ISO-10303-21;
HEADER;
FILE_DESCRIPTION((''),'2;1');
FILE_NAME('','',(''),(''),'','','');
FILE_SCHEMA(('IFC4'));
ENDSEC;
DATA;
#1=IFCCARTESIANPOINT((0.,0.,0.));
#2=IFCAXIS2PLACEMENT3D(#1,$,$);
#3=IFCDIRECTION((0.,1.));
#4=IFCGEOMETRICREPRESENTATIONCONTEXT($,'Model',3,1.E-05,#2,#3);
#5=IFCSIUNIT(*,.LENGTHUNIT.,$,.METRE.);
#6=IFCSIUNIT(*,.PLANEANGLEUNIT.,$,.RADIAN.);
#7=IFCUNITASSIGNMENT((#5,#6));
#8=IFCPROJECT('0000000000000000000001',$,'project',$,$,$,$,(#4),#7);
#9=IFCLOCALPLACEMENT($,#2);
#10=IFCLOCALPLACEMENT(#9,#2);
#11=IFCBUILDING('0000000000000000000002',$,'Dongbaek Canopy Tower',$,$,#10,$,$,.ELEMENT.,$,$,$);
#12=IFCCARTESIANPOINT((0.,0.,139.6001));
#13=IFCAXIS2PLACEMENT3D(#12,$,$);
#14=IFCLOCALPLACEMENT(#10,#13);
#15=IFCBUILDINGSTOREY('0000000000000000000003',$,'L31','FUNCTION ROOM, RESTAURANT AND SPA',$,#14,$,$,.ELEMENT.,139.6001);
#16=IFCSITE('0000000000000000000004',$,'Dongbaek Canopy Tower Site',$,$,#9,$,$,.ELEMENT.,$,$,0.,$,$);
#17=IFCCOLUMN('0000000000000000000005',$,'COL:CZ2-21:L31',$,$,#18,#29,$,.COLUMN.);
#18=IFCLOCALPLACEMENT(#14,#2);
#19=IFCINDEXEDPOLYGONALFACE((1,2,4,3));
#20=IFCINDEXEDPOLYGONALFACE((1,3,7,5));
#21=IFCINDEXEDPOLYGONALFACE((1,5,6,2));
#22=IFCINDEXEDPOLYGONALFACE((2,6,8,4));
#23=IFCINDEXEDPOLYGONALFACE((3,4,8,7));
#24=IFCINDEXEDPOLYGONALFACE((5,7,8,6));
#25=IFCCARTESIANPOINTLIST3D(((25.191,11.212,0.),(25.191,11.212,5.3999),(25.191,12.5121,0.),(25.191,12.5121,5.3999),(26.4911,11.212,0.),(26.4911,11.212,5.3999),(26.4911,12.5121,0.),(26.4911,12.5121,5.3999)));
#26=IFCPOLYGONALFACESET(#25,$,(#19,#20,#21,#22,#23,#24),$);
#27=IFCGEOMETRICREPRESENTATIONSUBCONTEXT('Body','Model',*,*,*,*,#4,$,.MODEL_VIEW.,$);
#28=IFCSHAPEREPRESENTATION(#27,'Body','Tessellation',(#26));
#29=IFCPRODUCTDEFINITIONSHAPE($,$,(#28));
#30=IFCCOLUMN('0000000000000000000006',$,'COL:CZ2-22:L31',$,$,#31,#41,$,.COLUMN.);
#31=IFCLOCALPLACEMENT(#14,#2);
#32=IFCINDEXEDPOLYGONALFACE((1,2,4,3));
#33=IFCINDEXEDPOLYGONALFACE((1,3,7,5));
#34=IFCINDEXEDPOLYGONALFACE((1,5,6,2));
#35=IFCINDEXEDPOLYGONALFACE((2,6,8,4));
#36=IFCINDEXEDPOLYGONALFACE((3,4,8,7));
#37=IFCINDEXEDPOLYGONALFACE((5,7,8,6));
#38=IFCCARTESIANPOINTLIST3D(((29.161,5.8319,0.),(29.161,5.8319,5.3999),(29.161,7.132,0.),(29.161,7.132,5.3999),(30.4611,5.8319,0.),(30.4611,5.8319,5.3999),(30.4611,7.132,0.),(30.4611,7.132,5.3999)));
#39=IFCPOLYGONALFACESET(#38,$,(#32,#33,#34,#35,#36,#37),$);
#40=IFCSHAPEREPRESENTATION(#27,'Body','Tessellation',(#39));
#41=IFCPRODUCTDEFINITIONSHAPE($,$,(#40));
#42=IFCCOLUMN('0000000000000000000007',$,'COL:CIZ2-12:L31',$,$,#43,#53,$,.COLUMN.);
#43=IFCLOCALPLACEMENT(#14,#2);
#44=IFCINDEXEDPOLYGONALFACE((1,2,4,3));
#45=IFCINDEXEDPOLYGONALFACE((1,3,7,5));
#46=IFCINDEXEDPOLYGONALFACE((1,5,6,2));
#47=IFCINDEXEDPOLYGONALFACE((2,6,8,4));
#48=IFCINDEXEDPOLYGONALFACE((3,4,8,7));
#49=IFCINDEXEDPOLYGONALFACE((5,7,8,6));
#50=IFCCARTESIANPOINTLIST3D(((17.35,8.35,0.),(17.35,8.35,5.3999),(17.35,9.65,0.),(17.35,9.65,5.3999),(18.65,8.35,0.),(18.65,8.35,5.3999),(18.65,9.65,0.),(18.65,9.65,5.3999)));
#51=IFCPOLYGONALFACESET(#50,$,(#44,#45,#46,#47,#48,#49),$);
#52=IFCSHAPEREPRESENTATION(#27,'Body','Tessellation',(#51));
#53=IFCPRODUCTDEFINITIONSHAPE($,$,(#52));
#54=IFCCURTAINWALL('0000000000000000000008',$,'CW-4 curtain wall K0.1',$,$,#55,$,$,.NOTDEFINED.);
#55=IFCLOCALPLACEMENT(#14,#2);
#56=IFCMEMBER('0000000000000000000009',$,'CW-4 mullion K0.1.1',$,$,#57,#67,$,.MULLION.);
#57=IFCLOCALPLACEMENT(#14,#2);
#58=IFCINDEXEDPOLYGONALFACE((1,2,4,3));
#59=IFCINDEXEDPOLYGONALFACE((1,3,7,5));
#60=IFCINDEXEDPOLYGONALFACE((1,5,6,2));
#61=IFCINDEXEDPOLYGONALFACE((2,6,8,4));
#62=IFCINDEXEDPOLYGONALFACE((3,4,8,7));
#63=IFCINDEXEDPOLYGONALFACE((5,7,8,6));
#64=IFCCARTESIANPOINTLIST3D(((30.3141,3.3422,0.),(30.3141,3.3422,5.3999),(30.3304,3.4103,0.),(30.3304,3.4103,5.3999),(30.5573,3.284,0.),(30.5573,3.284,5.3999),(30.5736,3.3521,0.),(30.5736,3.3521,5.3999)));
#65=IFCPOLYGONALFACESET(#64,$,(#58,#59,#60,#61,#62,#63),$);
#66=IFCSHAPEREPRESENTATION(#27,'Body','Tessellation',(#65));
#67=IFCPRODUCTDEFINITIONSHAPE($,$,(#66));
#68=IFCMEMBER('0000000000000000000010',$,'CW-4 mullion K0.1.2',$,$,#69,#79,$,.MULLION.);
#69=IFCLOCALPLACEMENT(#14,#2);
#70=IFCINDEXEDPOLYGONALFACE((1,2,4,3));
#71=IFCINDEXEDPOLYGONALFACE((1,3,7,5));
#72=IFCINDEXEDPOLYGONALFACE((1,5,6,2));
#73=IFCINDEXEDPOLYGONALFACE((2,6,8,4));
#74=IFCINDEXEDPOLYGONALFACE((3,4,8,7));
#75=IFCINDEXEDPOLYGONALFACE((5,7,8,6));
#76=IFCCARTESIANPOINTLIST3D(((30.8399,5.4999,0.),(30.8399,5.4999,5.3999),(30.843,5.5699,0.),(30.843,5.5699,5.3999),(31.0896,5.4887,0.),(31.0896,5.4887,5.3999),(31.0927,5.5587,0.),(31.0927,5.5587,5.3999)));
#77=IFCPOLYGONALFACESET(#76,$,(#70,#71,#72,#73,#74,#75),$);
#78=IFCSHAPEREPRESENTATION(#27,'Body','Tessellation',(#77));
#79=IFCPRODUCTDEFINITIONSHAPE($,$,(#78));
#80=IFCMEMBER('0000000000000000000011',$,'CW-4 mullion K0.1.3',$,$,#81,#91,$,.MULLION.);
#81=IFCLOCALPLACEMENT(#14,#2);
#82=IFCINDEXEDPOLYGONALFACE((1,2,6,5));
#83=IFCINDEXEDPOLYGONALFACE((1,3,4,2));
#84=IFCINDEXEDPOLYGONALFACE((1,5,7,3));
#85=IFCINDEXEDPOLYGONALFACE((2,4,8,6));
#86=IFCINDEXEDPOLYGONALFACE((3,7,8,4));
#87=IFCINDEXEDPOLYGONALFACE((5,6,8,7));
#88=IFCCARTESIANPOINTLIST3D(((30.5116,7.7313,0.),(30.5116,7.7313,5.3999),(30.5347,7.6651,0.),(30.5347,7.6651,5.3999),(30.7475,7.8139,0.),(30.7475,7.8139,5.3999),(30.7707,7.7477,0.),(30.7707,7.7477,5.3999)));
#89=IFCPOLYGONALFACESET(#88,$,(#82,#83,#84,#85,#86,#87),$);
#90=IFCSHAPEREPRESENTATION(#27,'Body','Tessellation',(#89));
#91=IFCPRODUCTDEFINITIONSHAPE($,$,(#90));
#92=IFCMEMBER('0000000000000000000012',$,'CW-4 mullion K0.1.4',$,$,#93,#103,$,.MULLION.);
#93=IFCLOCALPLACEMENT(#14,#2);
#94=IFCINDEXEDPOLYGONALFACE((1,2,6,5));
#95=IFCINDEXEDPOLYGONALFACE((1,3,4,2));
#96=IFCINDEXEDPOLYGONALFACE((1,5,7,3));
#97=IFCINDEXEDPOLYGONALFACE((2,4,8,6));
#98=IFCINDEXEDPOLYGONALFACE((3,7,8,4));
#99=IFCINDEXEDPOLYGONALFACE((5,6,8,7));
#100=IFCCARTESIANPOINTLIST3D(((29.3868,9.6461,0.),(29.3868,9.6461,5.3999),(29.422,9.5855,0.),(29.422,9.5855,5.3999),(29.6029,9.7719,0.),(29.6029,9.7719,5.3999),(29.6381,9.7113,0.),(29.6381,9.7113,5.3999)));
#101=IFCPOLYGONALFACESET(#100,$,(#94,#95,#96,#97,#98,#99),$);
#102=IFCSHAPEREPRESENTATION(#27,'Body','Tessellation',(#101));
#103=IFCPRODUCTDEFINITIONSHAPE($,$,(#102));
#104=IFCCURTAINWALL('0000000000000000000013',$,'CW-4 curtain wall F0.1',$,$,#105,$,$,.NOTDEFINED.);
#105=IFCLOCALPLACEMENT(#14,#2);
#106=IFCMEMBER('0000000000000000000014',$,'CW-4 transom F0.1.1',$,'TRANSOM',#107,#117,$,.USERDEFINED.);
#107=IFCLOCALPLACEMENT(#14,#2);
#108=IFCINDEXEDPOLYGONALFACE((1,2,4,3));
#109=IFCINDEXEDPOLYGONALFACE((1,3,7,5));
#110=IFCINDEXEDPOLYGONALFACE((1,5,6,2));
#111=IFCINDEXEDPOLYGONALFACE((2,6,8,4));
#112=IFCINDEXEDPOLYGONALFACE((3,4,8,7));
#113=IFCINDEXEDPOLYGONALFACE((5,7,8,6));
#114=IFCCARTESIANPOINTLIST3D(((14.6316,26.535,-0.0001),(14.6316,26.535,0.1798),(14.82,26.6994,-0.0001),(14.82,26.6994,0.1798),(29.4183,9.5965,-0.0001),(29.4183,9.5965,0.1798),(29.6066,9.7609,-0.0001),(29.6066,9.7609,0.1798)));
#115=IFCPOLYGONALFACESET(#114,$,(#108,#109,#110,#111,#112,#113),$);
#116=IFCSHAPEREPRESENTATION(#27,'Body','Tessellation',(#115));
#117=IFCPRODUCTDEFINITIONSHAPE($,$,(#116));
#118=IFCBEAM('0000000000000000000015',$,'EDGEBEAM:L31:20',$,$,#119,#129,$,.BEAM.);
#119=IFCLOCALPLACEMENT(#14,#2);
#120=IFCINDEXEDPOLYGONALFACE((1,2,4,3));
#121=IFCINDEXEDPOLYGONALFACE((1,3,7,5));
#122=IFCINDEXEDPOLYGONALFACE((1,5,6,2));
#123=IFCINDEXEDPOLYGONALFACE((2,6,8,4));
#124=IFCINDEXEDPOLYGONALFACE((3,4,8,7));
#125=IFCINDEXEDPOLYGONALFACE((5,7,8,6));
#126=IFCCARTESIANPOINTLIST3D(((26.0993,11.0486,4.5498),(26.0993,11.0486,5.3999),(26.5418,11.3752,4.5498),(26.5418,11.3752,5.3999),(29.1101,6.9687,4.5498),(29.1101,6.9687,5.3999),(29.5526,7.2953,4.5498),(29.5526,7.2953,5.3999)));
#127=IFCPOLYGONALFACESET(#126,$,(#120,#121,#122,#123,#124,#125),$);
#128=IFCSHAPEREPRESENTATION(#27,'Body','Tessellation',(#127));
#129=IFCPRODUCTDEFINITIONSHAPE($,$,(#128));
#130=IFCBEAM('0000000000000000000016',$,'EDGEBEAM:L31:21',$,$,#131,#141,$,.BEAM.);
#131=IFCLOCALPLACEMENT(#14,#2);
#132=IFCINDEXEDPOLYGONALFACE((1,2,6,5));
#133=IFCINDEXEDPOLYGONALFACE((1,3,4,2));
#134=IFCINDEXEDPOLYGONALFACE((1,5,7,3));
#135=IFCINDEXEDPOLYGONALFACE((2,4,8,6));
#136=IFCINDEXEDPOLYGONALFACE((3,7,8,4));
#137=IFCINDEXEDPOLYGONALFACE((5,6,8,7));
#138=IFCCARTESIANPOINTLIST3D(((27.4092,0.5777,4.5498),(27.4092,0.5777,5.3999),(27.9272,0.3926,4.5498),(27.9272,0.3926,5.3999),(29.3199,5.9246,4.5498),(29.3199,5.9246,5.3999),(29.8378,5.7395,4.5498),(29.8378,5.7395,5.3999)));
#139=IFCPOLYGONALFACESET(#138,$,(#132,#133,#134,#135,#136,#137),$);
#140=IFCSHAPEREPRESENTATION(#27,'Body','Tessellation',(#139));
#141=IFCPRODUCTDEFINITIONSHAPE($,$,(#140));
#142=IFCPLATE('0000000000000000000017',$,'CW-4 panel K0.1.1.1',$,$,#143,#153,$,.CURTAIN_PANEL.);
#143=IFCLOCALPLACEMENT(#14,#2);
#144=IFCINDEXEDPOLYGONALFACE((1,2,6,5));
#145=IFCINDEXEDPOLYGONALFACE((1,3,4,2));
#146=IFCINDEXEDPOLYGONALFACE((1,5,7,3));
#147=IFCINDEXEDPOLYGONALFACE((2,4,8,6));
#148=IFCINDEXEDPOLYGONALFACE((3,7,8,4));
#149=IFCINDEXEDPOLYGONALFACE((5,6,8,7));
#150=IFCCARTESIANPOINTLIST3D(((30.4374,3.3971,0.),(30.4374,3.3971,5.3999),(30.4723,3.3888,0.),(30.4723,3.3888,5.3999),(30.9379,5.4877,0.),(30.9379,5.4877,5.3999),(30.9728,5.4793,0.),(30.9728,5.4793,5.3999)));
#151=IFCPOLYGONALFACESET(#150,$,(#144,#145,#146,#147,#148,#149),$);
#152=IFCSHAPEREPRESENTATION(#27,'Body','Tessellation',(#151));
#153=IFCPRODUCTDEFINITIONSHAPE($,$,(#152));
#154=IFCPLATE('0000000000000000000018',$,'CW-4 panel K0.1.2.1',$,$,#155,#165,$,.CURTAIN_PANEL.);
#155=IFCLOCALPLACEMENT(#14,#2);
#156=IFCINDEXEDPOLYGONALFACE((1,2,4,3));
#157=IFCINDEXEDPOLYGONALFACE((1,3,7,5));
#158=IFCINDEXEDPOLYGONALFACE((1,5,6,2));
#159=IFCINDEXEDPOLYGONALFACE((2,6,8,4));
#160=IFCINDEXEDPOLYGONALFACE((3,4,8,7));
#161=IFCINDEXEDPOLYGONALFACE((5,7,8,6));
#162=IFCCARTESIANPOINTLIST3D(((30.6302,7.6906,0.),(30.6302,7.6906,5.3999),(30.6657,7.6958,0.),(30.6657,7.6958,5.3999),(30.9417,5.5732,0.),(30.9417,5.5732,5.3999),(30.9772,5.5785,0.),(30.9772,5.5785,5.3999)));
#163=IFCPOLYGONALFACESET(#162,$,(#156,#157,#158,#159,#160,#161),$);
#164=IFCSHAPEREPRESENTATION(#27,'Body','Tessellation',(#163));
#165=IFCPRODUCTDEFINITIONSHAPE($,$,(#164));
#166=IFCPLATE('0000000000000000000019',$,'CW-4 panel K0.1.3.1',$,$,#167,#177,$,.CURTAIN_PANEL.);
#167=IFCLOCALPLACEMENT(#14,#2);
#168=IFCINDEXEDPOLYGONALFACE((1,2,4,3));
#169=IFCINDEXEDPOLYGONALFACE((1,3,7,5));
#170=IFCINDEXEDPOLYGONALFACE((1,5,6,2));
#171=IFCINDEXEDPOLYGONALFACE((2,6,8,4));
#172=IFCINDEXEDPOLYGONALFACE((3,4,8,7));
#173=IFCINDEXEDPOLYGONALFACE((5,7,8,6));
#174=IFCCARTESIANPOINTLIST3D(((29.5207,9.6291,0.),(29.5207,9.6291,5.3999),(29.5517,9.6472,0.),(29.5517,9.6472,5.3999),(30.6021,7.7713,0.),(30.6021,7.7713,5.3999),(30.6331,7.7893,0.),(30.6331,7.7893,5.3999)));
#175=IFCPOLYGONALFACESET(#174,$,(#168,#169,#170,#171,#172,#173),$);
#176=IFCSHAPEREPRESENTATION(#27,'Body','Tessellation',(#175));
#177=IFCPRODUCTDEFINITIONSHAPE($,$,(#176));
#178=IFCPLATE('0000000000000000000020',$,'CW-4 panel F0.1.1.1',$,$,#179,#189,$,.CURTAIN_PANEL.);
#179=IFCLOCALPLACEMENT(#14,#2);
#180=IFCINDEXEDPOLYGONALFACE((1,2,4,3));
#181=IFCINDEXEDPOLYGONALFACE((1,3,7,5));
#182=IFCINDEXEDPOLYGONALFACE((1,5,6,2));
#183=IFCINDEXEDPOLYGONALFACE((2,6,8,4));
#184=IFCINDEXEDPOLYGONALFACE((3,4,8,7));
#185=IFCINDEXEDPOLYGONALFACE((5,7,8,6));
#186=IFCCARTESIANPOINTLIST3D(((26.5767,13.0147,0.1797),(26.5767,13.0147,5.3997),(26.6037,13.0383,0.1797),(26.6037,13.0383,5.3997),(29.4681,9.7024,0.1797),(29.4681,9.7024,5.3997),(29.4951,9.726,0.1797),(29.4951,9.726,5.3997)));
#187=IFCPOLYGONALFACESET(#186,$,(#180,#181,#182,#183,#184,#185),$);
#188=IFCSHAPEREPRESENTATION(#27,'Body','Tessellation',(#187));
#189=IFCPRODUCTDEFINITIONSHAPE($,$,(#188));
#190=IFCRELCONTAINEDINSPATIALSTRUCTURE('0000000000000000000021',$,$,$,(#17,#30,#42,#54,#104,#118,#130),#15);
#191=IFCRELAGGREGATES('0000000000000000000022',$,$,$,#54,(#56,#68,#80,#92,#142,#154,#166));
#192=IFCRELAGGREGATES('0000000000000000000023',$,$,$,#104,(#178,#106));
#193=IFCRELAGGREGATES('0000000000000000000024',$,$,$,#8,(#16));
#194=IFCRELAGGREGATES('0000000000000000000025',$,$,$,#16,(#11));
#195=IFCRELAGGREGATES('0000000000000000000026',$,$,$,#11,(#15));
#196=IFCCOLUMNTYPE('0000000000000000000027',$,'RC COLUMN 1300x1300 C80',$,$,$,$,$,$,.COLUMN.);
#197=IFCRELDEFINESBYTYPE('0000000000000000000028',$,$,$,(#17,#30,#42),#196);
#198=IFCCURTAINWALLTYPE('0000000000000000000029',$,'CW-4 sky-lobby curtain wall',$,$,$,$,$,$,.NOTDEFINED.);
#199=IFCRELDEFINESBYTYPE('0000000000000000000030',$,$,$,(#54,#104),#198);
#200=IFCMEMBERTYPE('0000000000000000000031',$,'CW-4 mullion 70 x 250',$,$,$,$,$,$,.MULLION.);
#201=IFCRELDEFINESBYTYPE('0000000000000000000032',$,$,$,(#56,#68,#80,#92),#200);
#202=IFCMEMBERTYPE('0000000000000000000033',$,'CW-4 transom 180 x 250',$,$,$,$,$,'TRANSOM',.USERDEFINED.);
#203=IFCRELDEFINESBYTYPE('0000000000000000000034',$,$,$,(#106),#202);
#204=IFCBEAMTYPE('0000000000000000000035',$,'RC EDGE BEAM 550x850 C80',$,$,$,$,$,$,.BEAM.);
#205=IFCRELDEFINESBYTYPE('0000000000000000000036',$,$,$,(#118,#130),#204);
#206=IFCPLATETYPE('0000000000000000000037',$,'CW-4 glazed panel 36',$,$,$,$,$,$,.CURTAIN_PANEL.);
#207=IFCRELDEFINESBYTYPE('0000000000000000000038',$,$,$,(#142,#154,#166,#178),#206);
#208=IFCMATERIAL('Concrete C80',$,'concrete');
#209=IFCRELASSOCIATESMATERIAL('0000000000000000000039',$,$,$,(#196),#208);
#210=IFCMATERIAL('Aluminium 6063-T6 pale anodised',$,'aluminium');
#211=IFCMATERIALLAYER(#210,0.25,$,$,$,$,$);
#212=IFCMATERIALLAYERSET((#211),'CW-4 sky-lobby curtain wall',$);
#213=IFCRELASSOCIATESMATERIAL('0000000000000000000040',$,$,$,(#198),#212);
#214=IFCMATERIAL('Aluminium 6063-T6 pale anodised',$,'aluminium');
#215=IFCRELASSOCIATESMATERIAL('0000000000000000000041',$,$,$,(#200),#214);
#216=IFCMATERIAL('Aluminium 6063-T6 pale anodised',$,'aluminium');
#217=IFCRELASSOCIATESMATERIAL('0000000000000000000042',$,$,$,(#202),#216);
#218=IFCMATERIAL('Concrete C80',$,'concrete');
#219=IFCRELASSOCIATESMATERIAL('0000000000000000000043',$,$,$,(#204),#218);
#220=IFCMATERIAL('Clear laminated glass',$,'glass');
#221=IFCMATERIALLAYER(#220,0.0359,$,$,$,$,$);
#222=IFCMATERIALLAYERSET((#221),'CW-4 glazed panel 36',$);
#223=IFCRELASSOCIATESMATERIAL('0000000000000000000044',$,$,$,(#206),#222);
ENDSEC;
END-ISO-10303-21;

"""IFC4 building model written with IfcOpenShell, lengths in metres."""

from ifc_helpers import new_model, si_unit, direction, frame, origin, origin_2d, place, context, subcontext, project, spatial, rectangle, extrude, material, layer, layer_set, material_profile, profile_set, type_object, element, aggregate, save


model = new_model("IFC4")

# Units and contexts
model_context = context("Model", 3, precision=1e-05, world=origin(), true_north=direction((0.0, 1.0)))
body_context = subcontext(model_context, "Body", "Model", "MODEL_VIEW")
ifc_project = project(units=[si_unit("LENGTHUNIT", "METRE"), si_unit("PLANEANGLEUNIT", "RADIAN")], contexts=[model_context])

# Site, building, storey
site_placement = place(None, origin())
site = spatial("IfcSite", under=ifc_project, at=site_placement, Name="Dongbaek Canopy Tower Site", CompositionType="ELEMENT", RefElevation=0.0)
building_placement = place(site_placement, origin())
building = spatial("IfcBuilding", under=site, at=building_placement, Name="Dongbaek Canopy Tower", CompositionType="ELEMENT")
storey_placement = place(building_placement, frame((0.0, 0.0, 139.6001)))
storey = spatial("IfcBuildingStorey", under=building, at=storey_placement, Name="L31", Description="FUNCTION ROOM, RESTAURANT AND SPA", CompositionType="ELEMENT", Elevation=139.6001)

# Columns
ifc_material_1 = material(Name="Concrete C80", Category="concrete")
ifc_material_profile_1 = material_profile(ifc_material_1, rectangle(XDim=1.3, YDim=1.3, at=origin_2d()), Name="RC COLUMN 1300x1300 C80")
ifc_profile_set_1 = profile_set([ifc_material_profile_1], Name="Concrete C80")
column_type = type_object("IfcColumnType", Name="RC COLUMN 1300x1300 C80", PredefinedType="COLUMN", material=ifc_profile_set_1)
for number, where, z_axis, x_axis, name in (
    (1, (25.8411, 11.8621, 0.0), (0.0, 0.0, 1.0), (1.0, 0.0, 0.0), "COL:CZ2-21:L31"),
    (2, (29.811, 6.4819, 0.0), (0.0, 0.0, 1.0), (1.0, 0.0, 0.0), "COL:CZ2-22:L31"),
    (3, (18.0, 9.0, 0.0), (0.0, 0.0, 1.0), (1.0, 0.0, 0.0), "COL:CIZ2-12:L31"),
):
    element("IfcColumn", number, at=place(storey_placement, frame(where, z_axis=z_axis, x_axis=x_axis)), inside=storey, type_object=column_type, Name=name, PredefinedType="COLUMN", context=body_context, shape_type="SweptSolid", body=[
        extrude(rectangle(XDim=1.3, YDim=1.3, at=origin_2d()), origin(), (0.0, 0.0, 1.0), 5.3999),
    ])

# Curtain wall, members
ifc_material_2 = material(Name="Aluminium 6063-T6 pale anodised", Category="aluminium")
ifc_layer_1 = layer(ifc_material_2, 0.25)
ifc_layer_set_1 = layer_set([ifc_layer_1], Name="CW-4 sky-lobby curtain wall")
curtain_wall_type = type_object("IfcCurtainWallType", Name="CW-4 sky-lobby curtain wall", PredefinedType="NOTDEFINED", material=ifc_layer_set_1)
curtain_wall_1_placement = place(storey_placement, origin())
curtain_wall_1 = element("IfcCurtainWall", 4, at=curtain_wall_1_placement, inside=storey, type_object=curtain_wall_type, Name="CW-4 curtain wall K0.1", PredefinedType="NOTDEFINED")
ifc_material_3 = material(Name="Aluminium 6063-T6 pale anodised", Category="aluminium")
ifc_material_profile_2 = material_profile(ifc_material_3, rectangle(XDim=0.25, YDim=0.0701, at=origin_2d()), Name="CW-4 mullion 70 x 250")
ifc_profile_set_2 = profile_set([ifc_material_profile_2], Name="Aluminium 6063-T6 pale anodised")
member_type_1 = type_object("IfcMemberType", Name="CW-4 mullion 70 x 250", PredefinedType="MULLION", material=ifc_profile_set_2)
member_1_placement = place(storey_placement, frame((30.4438, 3.3472, 0.0), z_axis=(0.0, 0.0, 1.0), x_axis=(0.972515, -0.23284, 0.0)))
member_1 = element("IfcMember", 5, at=member_1_placement, type_object=member_type_1, Name="CW-4 mullion K0.1.1", PredefinedType="MULLION", context=body_context, shape_type="SweptSolid", body=[
    extrude(rectangle(XDim=0.25, YDim=0.0701, at=origin_2d()), origin(), (0.0, 0.0, 1.0), 5.3999),
])
member_2_placement = place(storey_placement, frame((30.9663, 5.5293, 0.0), z_axis=(0.0, 0.0, 1.0), x_axis=(0.999012, -0.044449, 0.0)))
member_2 = element("IfcMember", 6, at=member_2_placement, type_object=member_type_1, Name="CW-4 mullion K0.1.2", PredefinedType="MULLION", context=body_context, shape_type="SweptSolid", body=[
    extrude(rectangle(XDim=0.25, YDim=0.0701, at=origin_2d()), origin(), (0.0, 0.0, 1.0), 5.3999),
])
member_3_placement = place(storey_placement, frame((30.6411, 7.7395, 0.0), z_axis=(0.0, 0.0, 1.0), x_axis=(0.943882, 0.330283, 0.0)))
member_3 = element("IfcMember", 7, at=member_3_placement, type_object=member_type_1, Name="CW-4 mullion K0.1.3", PredefinedType="MULLION", context=body_context, shape_type="SweptSolid", body=[
    extrude(rectangle(XDim=0.25, YDim=0.0701, at=origin_2d()), origin(), (0.0, 0.0, 1.0), 5.3999),
])
member_4_placement = place(storey_placement, frame((29.5125, 9.6787, 0.0), z_axis=(0.0, 0.0, 1.0), x_axis=(0.864251, 0.503062, 0.0)))
member_4 = element("IfcMember", 8, at=member_4_placement, type_object=member_type_1, Name="CW-4 mullion K0.1.4", PredefinedType="MULLION", context=body_context, shape_type="SweptSolid", body=[
    extrude(rectangle(XDim=0.25, YDim=0.0701, at=origin_2d()), origin(), (0.0, 0.0, 1.0), 5.3999),
])

# Curtain wall, member
curtain_wall_2_placement = place(storey_placement, origin())
curtain_wall_2 = element("IfcCurtainWall", 9, at=curtain_wall_2_placement, inside=storey, type_object=curtain_wall_type, Name="CW-4 curtain wall F0.1", PredefinedType="NOTDEFINED")
ifc_material_4 = material(Name="Aluminium 6063-T6 pale anodised", Category="aluminium")
ifc_material_profile_3 = material_profile(ifc_material_4, rectangle(XDim=0.25, YDim=0.1799, at=origin_2d()), Name="CW-4 transom 180 x 250")
ifc_profile_set_3 = profile_set([ifc_material_profile_3], Name="Aluminium 6063-T6 pale anodised")
member_type_2 = type_object("IfcMemberType", Name="CW-4 transom 180 x 250", ElementType="TRANSOM", PredefinedType="USERDEFINED", material=ifc_profile_set_3)
member_5_placement = place(storey_placement, frame((29.5125, 9.6787, 0.0898), z_axis=(-0.657634, 0.753338, 0.0), x_axis=(-0.753338, -0.657634, 0.0)))
member_5 = element("IfcMember", 10, at=member_5_placement, type_object=member_type_2, Name="CW-4 transom F0.1.1", ObjectType="TRANSOM", PredefinedType="USERDEFINED", context=body_context, shape_type="SweptSolid", body=[
    extrude(rectangle(XDim=0.25, YDim=0.1799, at=origin_2d()), origin(), (0.0, 0.0, 1.0), 22.4846),
])

# Beams
ifc_material_5 = material(Name="Concrete C80", Category="concrete")
ifc_material_profile_4 = material_profile(ifc_material_5, rectangle(XDim=0.55, YDim=0.8501, at=origin_2d()), Name="RC EDGE BEAM 550x850 C80")
ifc_profile_set_4 = profile_set([ifc_material_profile_4], Name="Concrete C80")
beam_type = type_object("IfcBeamType", Name="RC EDGE BEAM 550x850 C80", PredefinedType="BEAM", material=ifc_profile_set_4)
beam_1_placement = place(storey_placement, frame((26.3206, 11.2119, 4.9749), z_axis=(0.59378, -0.804627, 0.0), x_axis=(0.804627, 0.59378, 0.0)))
element("IfcBeam", 11, at=beam_1_placement, inside=storey, type_object=beam_type, Name="EDGEBEAM:L31:20", PredefinedType="BEAM", context=body_context, shape_type="SweptSolid", body=[
    extrude(rectangle(XDim=0.55, YDim=0.8501, at=origin_2d()), origin(), (0.0, 0.0, 1.0), 5.0706),
])
beam_2_placement = place(storey_placement, frame((29.5789, 5.832, 4.9749), z_axis=(-0.336497, -0.941685, 0.0), x_axis=(0.941685, -0.336497, 0.0)))
element("IfcBeam", 12, at=beam_2_placement, inside=storey, type_object=beam_type, Name="EDGEBEAM:L31:21", PredefinedType="BEAM", context=body_context, shape_type="SweptSolid", body=[
    extrude(rectangle(XDim=0.55, YDim=0.8501, at=origin_2d()), origin(), (0.0, 0.0, 1.0), 5.678),
])

# Plates
ifc_material_6 = material(Name="Clear laminated glass", Category="glass")
ifc_layer_2 = layer(ifc_material_6, 0.0359)
ifc_layer_set_2 = layer_set([ifc_layer_2], Name="CW-4 glazed panel 36")
plate_type = type_object("IfcPlateType", Name="CW-4 glazed panel 36", PredefinedType="CURTAIN_PANEL", material=ifc_layer_set_2)
plate_1_placement = place(storey_placement, frame((30.7051, 4.4382, 0.0), z_axis=(0.0, 0.0, 1.0), x_axis=(0.23284, 0.972515, 0.0)))
plate_1 = element("IfcPlate", 13, at=plate_1_placement, type_object=plate_type, Name="CW-4 panel K0.1.1.1", PredefinedType="CURTAIN_PANEL", context=body_context, shape_type="SweptSolid", body=[
    extrude(rectangle(XDim=2.1497, YDim=0.0359, at=origin_2d()), origin(), (0.0, 0.0, 1.0), 5.3999),
])
plate_2_placement = place(storey_placement, frame((30.8037, 6.6345, 0.0), z_axis=(0.0, 0.0, 1.0), x_axis=(-0.145551, 0.989351, 0.0)))
plate_2 = element("IfcPlate", 14, at=plate_2_placement, type_object=plate_type, Name="CW-4 panel K0.1.2.1", PredefinedType="CURTAIN_PANEL", context=body_context, shape_type="SweptSolid", body=[
    extrude(rectangle(XDim=2.1401, YDim=0.0359, at=origin_2d()), origin(), (0.0, 0.0, 1.0), 5.3999),
])
plate_3_placement = place(storey_placement, frame((30.0769, 8.7092, 0.0), z_axis=(0.0, 0.0, 1.0), x_axis=(-0.503062, 0.864251, 0.0)))
plate_3 = element("IfcPlate", 15, at=plate_3_placement, type_object=plate_type, Name="CW-4 panel K0.1.3.1", PredefinedType="CURTAIN_PANEL", context=body_context, shape_type="SweptSolid", body=[
    extrude(rectangle(XDim=2.1497, YDim=0.0359, at=origin_2d()), origin(), (0.0, 0.0, 1.0), 5.3999),
])
aggregate(curtain_wall_1, [member_1, member_2, member_3, member_4, plate_1, plate_2, plate_3])
plate_4_placement = place(storey_placement, frame((28.0359, 11.3704, 0.1797), z_axis=(0.0, 0.0, 1.0), x_axis=(-0.657632, 0.753339, 0.0)))
plate_4 = element("IfcPlate", 16, at=plate_4_placement, type_object=plate_type, Name="CW-4 panel F0.1.1.1", PredefinedType="CURTAIN_PANEL", context=body_context, shape_type="SweptSolid", body=[
    extrude(rectangle(XDim=4.3967, YDim=0.0359, at=origin_2d()), origin(), (0.0, 0.0, 1.0), 5.22),
])
aggregate(curtain_wall_2, [plate_4, member_5])

save(model, "model.ifc")
